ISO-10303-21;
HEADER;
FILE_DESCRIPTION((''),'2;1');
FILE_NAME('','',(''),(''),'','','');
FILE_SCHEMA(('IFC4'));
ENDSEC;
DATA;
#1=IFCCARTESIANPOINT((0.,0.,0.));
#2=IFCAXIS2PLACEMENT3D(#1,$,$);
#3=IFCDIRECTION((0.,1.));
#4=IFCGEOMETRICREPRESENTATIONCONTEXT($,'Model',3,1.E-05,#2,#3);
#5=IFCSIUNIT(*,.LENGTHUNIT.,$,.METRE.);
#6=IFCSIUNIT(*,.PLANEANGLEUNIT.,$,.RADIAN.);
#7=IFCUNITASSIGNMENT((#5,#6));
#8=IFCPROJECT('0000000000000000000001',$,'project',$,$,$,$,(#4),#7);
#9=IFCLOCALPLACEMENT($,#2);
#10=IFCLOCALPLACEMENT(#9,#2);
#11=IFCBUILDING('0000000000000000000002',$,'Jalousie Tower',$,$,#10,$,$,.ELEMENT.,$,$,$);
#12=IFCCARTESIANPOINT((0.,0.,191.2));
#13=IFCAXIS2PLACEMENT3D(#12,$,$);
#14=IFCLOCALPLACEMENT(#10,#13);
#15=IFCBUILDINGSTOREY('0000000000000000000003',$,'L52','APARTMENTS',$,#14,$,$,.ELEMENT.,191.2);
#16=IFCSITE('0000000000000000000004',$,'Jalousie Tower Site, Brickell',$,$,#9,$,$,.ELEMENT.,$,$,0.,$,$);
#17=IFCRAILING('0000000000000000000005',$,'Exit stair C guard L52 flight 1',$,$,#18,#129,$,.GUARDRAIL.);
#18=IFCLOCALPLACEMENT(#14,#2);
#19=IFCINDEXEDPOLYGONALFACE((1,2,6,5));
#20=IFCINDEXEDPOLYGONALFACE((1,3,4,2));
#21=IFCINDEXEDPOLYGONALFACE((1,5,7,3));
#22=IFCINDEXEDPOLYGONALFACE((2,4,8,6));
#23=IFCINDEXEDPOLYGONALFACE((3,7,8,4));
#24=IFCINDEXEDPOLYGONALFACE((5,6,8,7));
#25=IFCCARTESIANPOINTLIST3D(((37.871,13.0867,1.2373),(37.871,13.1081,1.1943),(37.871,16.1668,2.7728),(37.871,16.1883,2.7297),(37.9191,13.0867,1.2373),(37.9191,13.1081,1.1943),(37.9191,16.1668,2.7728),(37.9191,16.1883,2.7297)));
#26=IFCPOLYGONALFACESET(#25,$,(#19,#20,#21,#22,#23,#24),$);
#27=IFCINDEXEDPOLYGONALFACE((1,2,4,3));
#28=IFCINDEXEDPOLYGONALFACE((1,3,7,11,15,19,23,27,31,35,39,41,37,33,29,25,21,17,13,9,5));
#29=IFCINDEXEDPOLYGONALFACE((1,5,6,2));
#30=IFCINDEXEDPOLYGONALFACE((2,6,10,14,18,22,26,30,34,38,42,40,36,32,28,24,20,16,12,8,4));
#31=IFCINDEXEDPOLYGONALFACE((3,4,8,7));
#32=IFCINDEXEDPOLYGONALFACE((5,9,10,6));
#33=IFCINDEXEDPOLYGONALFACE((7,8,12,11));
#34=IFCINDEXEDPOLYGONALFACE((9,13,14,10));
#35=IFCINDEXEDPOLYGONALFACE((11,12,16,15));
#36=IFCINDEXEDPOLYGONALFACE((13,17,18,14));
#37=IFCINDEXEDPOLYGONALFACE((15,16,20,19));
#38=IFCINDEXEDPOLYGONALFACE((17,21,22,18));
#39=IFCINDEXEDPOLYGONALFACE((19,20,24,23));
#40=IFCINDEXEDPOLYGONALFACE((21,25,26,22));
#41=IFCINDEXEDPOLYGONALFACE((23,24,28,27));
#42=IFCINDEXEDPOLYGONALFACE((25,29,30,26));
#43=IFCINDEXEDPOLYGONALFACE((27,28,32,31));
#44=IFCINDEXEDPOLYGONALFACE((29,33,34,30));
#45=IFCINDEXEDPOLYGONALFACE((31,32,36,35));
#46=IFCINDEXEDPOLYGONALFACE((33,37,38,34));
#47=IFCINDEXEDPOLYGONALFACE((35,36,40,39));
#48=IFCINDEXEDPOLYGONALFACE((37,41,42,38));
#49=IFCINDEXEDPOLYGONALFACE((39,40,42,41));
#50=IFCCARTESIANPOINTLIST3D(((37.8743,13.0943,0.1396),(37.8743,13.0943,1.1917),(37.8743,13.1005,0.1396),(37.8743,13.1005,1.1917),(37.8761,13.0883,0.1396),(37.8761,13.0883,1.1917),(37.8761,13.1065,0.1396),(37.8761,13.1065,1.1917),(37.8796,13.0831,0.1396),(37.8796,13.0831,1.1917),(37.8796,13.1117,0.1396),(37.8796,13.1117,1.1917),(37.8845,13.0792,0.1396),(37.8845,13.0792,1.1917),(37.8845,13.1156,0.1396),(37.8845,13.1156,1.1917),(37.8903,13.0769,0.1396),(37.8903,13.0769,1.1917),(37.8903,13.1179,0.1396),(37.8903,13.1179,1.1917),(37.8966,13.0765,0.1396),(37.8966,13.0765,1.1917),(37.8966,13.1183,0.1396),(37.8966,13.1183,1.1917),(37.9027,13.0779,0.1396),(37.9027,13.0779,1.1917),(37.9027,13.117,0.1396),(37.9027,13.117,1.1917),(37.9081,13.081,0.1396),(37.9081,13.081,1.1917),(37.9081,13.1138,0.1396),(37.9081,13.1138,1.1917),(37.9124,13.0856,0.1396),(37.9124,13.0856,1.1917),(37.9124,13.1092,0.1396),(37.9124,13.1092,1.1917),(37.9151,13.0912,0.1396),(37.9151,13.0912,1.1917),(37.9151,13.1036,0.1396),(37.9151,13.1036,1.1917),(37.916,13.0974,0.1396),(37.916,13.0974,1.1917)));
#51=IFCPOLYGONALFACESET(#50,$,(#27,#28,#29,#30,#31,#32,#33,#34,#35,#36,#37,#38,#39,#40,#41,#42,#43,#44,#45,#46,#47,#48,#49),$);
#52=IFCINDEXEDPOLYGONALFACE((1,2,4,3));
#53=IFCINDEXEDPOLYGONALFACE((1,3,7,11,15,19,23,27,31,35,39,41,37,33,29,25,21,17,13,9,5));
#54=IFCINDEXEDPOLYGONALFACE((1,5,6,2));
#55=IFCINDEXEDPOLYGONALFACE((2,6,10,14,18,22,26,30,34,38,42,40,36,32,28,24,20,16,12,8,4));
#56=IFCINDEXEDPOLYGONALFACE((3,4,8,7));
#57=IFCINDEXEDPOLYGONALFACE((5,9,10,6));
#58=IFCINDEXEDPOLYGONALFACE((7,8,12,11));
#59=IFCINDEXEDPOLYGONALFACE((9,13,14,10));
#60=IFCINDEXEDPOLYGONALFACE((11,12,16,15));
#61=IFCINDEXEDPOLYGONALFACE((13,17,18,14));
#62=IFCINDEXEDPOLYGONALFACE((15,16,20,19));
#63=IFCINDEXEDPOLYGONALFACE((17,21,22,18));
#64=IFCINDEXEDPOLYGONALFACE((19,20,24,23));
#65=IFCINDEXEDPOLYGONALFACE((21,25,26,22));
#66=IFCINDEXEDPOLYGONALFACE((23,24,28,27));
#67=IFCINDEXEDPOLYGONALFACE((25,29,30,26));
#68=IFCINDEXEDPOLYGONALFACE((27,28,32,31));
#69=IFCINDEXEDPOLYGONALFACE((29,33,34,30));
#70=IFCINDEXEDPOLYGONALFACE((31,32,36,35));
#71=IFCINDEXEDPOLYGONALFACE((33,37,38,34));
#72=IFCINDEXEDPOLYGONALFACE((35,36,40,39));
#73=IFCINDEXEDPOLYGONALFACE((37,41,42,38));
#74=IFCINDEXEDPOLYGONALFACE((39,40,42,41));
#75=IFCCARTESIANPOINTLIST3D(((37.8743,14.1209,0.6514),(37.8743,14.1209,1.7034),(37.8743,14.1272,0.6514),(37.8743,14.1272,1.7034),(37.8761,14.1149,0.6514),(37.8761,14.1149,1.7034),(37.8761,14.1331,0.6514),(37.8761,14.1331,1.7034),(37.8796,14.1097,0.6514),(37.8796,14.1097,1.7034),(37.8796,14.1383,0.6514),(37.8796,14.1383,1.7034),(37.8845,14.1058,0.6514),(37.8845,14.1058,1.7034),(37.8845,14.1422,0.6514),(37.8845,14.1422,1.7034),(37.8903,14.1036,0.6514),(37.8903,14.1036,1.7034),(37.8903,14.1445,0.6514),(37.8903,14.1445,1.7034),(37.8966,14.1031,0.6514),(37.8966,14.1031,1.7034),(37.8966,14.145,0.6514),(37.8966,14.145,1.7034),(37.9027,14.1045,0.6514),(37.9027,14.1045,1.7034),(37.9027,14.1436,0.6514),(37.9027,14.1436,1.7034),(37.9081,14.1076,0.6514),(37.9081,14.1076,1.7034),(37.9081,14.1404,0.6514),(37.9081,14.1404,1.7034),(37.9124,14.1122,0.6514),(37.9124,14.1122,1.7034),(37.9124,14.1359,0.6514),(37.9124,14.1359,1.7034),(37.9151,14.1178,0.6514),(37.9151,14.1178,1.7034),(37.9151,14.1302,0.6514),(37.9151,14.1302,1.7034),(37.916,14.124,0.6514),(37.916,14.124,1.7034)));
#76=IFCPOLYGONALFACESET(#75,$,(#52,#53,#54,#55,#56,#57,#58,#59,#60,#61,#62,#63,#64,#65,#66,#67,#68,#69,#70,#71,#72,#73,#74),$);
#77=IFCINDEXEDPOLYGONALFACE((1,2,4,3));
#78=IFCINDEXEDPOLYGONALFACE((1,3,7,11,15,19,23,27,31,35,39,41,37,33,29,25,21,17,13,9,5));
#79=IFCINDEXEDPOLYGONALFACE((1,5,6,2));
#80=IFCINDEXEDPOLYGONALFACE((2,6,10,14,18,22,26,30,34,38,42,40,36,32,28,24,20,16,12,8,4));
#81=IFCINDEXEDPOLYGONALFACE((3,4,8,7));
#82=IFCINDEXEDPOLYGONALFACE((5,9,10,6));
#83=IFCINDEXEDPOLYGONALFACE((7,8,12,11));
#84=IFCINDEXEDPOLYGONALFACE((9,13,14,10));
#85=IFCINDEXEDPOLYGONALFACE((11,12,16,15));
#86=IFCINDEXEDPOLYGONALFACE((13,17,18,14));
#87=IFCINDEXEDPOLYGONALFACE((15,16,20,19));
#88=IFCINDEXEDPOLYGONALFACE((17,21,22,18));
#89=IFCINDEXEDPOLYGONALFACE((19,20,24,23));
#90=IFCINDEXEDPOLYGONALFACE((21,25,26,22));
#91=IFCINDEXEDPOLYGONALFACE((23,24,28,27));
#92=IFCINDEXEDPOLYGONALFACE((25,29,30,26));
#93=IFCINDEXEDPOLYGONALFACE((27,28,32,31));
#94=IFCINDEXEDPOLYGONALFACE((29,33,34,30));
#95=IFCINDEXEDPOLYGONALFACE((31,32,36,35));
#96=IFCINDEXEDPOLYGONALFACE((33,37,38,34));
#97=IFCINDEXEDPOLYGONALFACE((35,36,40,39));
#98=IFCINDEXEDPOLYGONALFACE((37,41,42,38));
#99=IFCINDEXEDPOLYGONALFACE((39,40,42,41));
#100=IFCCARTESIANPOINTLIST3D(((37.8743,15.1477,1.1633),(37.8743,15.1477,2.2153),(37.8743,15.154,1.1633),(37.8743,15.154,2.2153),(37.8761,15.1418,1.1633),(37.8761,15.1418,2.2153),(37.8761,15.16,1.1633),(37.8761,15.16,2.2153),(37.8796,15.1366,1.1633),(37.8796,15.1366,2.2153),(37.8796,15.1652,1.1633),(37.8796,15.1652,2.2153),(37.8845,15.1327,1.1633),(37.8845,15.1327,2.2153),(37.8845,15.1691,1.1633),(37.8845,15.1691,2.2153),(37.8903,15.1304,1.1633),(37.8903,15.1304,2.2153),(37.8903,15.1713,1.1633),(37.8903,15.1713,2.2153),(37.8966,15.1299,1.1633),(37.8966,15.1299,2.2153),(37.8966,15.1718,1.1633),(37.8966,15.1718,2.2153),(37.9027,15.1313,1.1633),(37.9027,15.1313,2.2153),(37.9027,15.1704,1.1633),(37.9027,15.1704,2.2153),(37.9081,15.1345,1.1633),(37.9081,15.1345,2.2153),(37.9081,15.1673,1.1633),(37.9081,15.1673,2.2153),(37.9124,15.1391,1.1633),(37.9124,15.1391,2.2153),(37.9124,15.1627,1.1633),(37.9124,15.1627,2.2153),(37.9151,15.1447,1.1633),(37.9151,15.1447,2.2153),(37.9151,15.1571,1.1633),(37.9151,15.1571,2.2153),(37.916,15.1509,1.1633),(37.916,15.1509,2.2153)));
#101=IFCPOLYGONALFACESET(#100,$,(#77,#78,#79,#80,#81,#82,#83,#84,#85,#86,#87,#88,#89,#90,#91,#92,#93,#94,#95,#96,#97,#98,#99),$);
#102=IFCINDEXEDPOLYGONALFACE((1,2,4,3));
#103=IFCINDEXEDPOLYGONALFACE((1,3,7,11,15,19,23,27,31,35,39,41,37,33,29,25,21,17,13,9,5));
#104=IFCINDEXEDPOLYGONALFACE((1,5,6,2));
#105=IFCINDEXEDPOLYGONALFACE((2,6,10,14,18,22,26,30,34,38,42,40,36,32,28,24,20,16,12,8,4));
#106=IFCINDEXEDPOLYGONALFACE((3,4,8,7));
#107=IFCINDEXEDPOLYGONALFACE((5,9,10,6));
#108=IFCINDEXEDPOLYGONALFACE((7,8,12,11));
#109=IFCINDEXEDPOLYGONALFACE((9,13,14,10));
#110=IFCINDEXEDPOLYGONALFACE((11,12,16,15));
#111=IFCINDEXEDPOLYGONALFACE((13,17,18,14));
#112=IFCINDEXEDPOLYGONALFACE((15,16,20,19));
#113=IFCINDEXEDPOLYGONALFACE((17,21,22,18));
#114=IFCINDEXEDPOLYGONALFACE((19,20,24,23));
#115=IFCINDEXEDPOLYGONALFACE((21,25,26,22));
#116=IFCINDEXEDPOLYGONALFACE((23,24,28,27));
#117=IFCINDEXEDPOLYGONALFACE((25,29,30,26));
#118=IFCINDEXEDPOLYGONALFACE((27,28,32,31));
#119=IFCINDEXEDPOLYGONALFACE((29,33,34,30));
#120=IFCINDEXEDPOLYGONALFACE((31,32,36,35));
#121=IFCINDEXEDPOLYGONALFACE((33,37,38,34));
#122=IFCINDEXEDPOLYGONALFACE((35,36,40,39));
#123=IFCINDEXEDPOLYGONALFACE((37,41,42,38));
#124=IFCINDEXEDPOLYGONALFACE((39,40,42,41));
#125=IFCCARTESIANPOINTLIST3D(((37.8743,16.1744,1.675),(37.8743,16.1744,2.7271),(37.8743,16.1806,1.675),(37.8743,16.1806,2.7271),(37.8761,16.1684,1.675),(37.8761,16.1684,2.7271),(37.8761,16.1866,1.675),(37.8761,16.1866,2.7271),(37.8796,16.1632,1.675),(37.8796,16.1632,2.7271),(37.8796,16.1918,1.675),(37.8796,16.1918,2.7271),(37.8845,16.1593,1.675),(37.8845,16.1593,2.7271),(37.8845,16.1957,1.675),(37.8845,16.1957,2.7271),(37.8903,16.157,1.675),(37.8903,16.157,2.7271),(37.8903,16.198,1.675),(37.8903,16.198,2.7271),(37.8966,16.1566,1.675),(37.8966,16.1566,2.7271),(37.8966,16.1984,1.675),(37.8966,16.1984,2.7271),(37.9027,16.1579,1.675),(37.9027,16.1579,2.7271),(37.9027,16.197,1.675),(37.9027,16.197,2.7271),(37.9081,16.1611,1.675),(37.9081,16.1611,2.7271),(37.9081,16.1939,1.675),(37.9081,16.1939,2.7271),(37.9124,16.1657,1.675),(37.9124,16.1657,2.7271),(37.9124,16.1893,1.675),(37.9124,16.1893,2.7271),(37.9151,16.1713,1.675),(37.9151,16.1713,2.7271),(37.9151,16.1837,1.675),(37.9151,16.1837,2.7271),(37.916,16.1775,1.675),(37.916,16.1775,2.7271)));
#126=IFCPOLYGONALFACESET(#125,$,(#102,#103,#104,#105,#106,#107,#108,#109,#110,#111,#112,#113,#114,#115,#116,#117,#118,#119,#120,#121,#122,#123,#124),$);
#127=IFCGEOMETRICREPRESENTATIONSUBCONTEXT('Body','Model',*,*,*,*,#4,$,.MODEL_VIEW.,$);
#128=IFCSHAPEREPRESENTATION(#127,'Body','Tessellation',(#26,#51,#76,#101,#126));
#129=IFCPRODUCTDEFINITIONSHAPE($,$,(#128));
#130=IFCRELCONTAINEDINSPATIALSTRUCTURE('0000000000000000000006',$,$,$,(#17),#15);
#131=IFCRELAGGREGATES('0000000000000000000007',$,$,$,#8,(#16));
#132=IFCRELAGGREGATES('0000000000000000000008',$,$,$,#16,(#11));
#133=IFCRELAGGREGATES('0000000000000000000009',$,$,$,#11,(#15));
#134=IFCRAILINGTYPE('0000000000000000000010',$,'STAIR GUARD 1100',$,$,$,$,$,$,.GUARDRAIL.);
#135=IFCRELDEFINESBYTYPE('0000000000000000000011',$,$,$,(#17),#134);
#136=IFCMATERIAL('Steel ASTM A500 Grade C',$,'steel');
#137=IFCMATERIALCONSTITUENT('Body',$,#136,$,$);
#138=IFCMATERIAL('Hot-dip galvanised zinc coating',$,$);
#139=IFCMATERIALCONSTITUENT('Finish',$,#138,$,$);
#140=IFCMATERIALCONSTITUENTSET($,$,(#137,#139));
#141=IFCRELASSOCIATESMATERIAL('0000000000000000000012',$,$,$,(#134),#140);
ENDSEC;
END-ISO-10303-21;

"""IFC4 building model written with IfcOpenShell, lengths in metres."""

from ifc_helpers import new_model, si_unit, direction, frame, origin, origin_2d, place, context, subcontext, project, spatial, rectangle, circle, extrude, material, constituent, constituent_set, type_object, element, save


model = new_model("IFC4")

# Units and contexts
model_context = context("Model", 3, precision=1e-05, world=origin(), true_north=direction((0.0, 1.0)))
body_context = subcontext(model_context, "Body", "Model", "MODEL_VIEW")
ifc_project = project(units=[si_unit("LENGTHUNIT", "METRE"), si_unit("PLANEANGLEUNIT", "RADIAN")], contexts=[model_context])

# Site, building, storey
site_placement = place(None, origin())
site = spatial("IfcSite", under=ifc_project, at=site_placement, Name="Jalousie Tower Site, Brickell", CompositionType="ELEMENT", RefElevation=0.0)
building_placement = place(site_placement, origin())
building = spatial("IfcBuilding", under=site, at=building_placement, Name="Jalousie Tower", CompositionType="ELEMENT")
storey_placement = place(building_placement, frame((0.0, 0.0, 191.2)))
storey = spatial("IfcBuildingStorey", under=building, at=storey_placement, Name="L52", Description="APARTMENTS", CompositionType="ELEMENT", Elevation=191.2)

# Railing
ifc_material_1 = material(Name="Steel ASTM A500 Grade C", Category="steel")
ifc_constituent_1 = constituent(ifc_material_1, Name="Body")
ifc_material_2 = material(Name="Hot-dip galvanised zinc coating")
ifc_constituent_2 = constituent(ifc_material_2, Name="Finish")
ifc_constituent_set_1 = constituent_set(constituents=[ifc_constituent_1, ifc_constituent_2])
railing_type_1 = type_object("IfcRailingType", Name="STAIR GUARD 1100", PredefinedType="GUARDRAIL", material=ifc_constituent_set_1)
railing_1_placement = place(storey_placement, frame((37.895, 13.0974, 0.1396)))
element("IfcRailing", 1, at=railing_1_placement, inside=storey, type_object=railing_type_1, Name="Exit stair C guard L52 flight 1", PredefinedType="GUARDRAIL", context=body_context, shape_type="SweptSolid", body=[
    extrude(rectangle(XDim=0.0481, YDim=0.0481, at=origin_2d()), frame((0.0, 0.0, 1.0762), z_axis=(0.0, 0.894966, 0.446135), x_axis=(-1.0, 0.0, 0.0)), (0.0, 0.0, 1.0), 3.4417),
    extrude(circle(Radius=0.021, at=origin_2d()), origin(), (0.0, 0.0, 1.0), 1.052),
    extrude(circle(Radius=0.021, at=origin_2d()), frame((0.0, 1.0266, 0.5117)), (0.0, 0.0, 1.0), 1.052),
    extrude(circle(Radius=0.021, at=origin_2d()), frame((0.0, 2.0535, 1.0237)), (0.0, 0.0, 1.0), 1.052),
    extrude(circle(Radius=0.021, at=origin_2d()), frame((0.0, 3.0801, 1.5354)), (0.0, 0.0, 1.0), 1.052),
])

save(model, "model.ifc")
